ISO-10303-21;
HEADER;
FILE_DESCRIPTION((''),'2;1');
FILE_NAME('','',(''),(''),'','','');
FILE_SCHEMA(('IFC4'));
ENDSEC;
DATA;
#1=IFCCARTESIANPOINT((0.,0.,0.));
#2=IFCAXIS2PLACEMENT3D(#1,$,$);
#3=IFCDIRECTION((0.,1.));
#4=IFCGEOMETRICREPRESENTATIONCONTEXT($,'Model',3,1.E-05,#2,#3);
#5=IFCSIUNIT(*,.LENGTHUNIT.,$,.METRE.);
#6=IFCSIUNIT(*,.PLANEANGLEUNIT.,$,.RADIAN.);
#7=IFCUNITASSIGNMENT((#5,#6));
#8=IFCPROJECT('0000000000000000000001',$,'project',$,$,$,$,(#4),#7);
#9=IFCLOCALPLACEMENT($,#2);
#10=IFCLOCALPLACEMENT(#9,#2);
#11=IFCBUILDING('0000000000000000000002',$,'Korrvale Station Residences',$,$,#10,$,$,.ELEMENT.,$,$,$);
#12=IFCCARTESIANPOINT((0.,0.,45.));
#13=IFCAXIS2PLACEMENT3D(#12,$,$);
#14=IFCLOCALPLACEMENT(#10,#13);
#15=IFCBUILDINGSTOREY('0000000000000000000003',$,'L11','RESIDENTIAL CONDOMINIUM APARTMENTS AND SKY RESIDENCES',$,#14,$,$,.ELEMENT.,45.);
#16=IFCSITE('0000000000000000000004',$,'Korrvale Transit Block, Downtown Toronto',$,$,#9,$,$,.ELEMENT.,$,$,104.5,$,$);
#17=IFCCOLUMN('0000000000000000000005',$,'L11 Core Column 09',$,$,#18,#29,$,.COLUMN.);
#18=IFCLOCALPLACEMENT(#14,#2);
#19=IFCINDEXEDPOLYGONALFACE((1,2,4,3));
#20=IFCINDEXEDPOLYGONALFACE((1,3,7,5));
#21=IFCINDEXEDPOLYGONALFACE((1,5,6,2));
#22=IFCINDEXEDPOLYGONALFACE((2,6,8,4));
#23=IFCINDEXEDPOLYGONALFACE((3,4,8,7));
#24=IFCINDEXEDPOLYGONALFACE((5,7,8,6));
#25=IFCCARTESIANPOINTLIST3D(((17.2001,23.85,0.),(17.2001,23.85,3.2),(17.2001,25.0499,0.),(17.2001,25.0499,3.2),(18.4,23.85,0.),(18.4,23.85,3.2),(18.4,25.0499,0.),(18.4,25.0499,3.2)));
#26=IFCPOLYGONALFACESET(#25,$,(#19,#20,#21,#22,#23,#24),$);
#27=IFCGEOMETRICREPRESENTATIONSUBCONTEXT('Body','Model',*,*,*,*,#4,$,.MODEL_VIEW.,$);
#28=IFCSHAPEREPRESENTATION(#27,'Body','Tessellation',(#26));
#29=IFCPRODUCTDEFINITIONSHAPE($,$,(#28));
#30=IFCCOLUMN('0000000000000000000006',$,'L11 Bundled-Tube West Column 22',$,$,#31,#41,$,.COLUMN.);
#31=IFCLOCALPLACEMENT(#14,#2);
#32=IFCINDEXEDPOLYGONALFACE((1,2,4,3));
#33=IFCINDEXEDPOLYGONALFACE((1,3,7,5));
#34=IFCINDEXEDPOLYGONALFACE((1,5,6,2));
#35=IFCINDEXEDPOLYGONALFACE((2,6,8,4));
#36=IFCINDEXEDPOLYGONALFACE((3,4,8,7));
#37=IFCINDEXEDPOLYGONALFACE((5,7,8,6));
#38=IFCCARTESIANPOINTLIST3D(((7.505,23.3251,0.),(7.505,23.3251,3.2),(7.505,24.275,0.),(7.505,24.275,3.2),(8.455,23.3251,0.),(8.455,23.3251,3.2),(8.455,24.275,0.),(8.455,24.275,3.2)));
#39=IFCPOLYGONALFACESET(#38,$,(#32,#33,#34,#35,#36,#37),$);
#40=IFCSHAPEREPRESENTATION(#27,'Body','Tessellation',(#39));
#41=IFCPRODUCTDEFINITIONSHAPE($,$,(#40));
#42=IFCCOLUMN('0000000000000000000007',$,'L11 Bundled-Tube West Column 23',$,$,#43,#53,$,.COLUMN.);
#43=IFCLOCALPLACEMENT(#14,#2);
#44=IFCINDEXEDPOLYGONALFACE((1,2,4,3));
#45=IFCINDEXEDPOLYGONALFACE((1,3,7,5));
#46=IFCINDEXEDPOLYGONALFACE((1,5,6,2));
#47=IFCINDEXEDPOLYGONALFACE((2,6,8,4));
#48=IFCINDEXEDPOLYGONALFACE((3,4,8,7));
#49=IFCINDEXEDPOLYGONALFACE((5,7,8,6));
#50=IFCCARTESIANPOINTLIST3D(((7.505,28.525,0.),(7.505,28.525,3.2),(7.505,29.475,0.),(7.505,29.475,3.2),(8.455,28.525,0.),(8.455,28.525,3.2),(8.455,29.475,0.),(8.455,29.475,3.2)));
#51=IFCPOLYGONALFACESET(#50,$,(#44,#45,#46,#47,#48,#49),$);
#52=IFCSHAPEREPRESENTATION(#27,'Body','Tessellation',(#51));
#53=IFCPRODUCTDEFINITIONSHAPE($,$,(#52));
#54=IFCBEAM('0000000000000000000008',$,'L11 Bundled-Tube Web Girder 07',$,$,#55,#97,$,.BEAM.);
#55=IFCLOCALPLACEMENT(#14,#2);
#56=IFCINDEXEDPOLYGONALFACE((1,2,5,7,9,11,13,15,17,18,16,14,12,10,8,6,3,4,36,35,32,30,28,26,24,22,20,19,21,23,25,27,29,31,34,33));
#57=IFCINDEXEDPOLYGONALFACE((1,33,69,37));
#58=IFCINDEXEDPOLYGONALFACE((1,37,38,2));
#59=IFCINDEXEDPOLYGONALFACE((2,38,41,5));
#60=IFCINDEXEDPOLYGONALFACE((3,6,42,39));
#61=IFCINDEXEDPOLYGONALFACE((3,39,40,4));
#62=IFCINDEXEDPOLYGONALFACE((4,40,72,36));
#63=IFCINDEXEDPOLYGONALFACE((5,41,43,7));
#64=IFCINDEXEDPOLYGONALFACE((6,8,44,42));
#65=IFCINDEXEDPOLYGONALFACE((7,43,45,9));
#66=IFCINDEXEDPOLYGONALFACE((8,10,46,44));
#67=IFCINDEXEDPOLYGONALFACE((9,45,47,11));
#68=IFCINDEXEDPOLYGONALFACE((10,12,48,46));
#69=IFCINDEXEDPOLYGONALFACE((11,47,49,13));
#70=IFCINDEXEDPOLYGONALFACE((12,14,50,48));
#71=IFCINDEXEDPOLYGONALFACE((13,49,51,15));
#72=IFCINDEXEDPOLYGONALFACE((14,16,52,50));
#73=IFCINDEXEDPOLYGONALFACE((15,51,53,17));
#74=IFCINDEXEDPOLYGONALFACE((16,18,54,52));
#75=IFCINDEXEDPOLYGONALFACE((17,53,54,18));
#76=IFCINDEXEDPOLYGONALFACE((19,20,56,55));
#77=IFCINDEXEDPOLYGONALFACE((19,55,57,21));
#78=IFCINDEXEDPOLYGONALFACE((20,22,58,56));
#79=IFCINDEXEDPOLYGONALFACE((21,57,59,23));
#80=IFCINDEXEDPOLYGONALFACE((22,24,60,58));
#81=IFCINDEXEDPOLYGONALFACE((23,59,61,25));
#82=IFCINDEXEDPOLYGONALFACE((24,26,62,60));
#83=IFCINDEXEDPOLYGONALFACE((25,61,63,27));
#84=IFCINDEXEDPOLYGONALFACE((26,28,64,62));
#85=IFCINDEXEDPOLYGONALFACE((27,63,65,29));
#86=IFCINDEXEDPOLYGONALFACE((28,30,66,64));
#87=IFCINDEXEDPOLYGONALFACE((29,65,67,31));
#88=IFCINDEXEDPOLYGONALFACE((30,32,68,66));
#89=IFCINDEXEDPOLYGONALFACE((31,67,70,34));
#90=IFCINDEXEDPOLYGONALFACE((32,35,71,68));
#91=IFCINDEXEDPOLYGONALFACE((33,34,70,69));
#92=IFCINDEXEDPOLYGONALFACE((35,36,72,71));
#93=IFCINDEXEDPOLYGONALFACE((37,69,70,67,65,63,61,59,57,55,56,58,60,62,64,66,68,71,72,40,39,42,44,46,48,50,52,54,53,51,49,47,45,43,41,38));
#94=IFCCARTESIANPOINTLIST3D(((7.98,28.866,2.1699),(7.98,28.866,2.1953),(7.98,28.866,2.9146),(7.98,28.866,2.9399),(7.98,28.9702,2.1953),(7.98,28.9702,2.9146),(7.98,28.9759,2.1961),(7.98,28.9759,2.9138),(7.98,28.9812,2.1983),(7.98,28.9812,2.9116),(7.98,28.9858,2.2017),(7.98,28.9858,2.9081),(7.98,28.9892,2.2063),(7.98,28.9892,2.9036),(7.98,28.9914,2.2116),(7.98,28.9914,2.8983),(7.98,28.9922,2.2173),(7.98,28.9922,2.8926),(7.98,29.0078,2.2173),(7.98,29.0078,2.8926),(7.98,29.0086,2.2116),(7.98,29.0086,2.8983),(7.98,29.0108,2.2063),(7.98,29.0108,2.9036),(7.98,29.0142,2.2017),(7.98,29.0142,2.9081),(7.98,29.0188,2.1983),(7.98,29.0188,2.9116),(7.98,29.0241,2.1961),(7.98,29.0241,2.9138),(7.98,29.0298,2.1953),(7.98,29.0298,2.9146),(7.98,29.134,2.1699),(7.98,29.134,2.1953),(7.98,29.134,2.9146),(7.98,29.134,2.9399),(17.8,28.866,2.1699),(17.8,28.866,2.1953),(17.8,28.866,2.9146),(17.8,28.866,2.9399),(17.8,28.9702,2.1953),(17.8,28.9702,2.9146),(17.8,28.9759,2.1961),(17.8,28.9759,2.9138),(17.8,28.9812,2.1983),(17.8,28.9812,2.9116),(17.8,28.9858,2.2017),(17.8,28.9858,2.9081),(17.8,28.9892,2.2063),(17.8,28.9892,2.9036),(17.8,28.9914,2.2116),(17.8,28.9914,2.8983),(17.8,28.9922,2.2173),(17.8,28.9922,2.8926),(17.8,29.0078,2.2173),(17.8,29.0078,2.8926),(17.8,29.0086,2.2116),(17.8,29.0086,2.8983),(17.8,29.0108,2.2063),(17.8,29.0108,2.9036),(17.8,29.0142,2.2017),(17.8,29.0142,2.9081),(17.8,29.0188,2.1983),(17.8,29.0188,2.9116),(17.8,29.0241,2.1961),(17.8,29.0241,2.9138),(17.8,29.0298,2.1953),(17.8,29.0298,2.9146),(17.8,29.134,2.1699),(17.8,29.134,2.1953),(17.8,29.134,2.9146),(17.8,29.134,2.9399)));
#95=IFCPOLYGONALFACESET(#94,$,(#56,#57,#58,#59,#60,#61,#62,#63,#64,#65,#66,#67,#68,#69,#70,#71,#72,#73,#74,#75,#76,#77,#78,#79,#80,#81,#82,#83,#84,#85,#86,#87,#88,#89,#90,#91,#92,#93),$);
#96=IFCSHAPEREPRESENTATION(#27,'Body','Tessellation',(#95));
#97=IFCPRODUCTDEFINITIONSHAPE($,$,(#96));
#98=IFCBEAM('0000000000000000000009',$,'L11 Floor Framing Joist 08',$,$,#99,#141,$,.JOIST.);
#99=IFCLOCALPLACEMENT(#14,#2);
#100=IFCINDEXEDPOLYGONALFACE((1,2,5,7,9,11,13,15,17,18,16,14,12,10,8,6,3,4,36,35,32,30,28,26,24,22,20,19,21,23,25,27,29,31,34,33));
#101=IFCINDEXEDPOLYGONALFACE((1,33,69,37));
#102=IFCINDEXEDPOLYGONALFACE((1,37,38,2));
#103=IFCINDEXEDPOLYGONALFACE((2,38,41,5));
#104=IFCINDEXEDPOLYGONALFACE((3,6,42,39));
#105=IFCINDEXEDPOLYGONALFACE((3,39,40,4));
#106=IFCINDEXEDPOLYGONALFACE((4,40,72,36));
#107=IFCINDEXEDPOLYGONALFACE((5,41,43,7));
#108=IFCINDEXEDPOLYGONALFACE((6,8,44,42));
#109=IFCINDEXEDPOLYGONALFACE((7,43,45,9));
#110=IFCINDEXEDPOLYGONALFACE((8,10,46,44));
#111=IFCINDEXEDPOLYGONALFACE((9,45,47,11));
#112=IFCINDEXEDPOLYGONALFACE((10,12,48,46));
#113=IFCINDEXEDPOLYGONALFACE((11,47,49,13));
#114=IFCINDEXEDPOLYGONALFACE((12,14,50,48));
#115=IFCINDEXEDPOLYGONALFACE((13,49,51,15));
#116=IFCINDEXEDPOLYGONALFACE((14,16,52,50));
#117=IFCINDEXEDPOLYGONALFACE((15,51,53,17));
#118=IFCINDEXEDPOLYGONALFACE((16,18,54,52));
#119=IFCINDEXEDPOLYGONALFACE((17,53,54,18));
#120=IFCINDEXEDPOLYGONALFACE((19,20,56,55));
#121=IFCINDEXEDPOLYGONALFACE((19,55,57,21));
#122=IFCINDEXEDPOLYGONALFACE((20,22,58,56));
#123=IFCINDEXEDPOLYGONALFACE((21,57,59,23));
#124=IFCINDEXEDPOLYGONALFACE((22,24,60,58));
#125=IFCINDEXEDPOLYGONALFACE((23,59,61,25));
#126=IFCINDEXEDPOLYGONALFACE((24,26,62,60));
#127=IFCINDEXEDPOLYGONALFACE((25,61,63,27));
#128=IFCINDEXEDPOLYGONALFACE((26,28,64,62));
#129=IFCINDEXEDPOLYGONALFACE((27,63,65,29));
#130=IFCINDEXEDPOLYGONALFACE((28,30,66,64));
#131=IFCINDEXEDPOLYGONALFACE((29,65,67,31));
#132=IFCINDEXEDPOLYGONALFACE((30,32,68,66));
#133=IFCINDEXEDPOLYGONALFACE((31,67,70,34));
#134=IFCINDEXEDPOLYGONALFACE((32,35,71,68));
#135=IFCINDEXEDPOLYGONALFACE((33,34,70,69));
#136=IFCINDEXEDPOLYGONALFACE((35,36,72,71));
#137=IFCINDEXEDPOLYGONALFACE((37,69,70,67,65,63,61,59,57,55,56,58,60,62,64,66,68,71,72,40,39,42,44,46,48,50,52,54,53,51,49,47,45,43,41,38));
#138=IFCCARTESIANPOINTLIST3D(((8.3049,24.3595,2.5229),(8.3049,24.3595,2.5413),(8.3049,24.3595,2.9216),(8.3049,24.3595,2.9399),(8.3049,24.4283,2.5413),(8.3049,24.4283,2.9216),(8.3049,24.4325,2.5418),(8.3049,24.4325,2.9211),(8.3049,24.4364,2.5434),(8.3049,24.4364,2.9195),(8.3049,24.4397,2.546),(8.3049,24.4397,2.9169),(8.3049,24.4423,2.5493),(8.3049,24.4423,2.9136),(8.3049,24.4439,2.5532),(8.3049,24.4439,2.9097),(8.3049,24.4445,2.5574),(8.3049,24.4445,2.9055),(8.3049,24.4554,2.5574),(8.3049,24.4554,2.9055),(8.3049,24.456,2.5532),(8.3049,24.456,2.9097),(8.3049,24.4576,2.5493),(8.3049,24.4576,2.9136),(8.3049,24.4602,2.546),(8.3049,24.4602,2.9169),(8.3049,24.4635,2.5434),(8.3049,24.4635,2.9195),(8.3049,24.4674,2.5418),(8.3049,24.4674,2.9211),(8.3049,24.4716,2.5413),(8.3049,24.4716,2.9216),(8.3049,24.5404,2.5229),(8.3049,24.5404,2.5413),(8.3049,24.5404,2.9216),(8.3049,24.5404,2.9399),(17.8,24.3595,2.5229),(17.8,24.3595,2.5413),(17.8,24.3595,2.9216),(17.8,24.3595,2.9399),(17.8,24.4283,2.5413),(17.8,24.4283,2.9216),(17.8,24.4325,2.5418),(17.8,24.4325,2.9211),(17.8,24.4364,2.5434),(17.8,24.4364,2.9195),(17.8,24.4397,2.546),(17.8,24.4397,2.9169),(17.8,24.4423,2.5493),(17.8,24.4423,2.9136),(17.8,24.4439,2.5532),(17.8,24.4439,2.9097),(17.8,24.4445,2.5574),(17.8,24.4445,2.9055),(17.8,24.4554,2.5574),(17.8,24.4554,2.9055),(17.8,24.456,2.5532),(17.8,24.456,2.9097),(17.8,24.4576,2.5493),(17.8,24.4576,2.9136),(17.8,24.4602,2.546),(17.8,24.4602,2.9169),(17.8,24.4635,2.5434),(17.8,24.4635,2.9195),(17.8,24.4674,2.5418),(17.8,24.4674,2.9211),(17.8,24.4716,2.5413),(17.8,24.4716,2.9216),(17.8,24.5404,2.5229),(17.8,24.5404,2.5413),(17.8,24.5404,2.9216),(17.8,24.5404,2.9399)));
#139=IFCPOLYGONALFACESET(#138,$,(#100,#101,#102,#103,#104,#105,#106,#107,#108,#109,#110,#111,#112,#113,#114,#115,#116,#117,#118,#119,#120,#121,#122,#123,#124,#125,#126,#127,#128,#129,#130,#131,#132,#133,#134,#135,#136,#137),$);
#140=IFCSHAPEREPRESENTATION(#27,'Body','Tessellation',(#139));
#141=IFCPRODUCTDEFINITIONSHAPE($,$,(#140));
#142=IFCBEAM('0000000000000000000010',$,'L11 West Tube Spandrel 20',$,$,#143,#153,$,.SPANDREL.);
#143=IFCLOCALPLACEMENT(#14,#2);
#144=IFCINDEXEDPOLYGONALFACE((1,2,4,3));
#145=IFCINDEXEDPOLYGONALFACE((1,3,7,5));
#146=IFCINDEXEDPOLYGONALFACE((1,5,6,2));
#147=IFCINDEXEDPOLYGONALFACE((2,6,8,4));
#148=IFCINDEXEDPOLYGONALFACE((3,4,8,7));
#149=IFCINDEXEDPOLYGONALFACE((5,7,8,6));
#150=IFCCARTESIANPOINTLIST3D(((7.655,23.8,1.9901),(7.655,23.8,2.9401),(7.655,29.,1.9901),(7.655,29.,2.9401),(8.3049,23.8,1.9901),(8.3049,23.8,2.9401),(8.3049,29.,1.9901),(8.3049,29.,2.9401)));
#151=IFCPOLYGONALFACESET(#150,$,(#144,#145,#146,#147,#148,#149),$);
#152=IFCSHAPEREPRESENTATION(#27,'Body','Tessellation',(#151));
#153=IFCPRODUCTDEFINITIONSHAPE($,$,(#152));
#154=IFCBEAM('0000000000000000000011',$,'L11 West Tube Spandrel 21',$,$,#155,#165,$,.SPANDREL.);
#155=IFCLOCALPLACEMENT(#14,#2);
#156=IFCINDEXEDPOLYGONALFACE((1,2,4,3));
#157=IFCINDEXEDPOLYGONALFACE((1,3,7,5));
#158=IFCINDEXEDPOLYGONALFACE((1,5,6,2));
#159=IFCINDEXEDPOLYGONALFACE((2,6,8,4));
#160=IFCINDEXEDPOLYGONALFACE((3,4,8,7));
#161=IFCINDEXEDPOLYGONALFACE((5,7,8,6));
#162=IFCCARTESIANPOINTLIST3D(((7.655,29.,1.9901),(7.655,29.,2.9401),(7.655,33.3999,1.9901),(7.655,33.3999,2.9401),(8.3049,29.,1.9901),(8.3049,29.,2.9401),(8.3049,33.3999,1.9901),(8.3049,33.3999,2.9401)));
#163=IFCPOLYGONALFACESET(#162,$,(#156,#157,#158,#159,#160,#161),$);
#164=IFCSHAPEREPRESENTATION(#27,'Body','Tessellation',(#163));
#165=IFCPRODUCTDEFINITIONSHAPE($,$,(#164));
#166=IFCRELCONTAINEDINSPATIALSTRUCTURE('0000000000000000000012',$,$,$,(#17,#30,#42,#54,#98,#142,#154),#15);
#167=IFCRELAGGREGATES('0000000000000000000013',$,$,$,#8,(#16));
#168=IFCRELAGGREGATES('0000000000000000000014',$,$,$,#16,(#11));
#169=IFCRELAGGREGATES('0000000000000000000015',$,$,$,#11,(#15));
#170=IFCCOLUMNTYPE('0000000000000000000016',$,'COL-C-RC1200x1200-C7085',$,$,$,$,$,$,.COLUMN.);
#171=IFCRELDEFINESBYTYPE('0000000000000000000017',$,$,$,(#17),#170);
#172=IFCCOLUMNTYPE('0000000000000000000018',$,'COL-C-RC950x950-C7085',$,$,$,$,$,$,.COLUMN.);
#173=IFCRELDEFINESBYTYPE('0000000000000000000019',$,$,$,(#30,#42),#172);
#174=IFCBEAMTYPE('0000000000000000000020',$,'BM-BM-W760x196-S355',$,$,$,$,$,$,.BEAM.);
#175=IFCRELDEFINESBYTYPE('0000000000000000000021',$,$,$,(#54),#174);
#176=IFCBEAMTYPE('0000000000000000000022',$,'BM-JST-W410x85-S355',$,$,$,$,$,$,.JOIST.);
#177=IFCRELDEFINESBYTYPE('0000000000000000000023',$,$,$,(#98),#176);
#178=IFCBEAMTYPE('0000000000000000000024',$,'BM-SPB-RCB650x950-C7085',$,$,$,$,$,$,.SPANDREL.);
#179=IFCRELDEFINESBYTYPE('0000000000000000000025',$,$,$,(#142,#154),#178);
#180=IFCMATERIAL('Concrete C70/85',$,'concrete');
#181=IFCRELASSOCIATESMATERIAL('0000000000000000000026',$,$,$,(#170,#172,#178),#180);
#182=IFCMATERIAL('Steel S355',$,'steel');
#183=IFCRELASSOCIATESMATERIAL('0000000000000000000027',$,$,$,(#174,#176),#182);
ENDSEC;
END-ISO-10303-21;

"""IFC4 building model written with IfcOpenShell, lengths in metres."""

from ifc_helpers import new_model, si_unit, direction, frame, origin, origin_2d, place, context, subcontext, project, spatial, rectangle, i_section, extrude, material, material_profile, profile_set, type_object, element, save


model = new_model("IFC4")

# Units and contexts
model_context = context("Model", 3, precision=1e-05, world=origin(), true_north=direction((0.0, 1.0)))
body_context = subcontext(model_context, "Body", "Model", "MODEL_VIEW")
ifc_project = project(units=[si_unit("LENGTHUNIT", "METRE"), si_unit("PLANEANGLEUNIT", "RADIAN")], contexts=[model_context])

# Site, building, storey
site_placement = place(None, origin())
site = spatial("IfcSite", under=ifc_project, at=site_placement, Name="Korrvale Transit Block, Downtown Toronto", CompositionType="ELEMENT", RefElevation=104.5)
building_placement = place(site_placement, origin())
building = spatial("IfcBuilding", under=site, at=building_placement, Name="Korrvale Station Residences", CompositionType="ELEMENT")
storey_placement = place(building_placement, frame((0.0, 0.0, 45.0)))
storey = spatial("IfcBuildingStorey", under=building, at=storey_placement, Name="L11", Description="RESIDENTIAL CONDOMINIUM APARTMENTS AND SKY RESIDENCES", CompositionType="ELEMENT", Elevation=45.0)

# Columns
ifc_material_1 = material(Name="Concrete C70/85", Category="concrete")
ifc_material_profile_1 = material_profile(ifc_material_1, rectangle(XDim=1.2, YDim=1.2, at=origin_2d()), Name="RC1200x1200")
ifc_profile_set_1 = profile_set([ifc_material_profile_1], Name="Concrete C70/85")
column_type_1 = type_object("IfcColumnType", Name="COL-C-RC1200x1200-C7085", PredefinedType="COLUMN", material=ifc_profile_set_1)
column_placement = place(storey_placement, frame((17.8, 24.45, 0.0), z_axis=(0.0, 0.0, 1.0), x_axis=(1.0, 0.0, 0.0)))
element("IfcColumn", 1, at=column_placement, inside=storey, type_object=column_type_1, Name="L11 Core Column 09", PredefinedType="COLUMN", context=body_context, shape_type="SweptSolid", body=[
    extrude(rectangle(XDim=1.2, YDim=1.2, at=origin_2d()), origin(), (0.0, 0.0, 1.0), 3.2),
])
ifc_material_profile_2 = material_profile(ifc_material_1, rectangle(XDim=0.95, YDim=0.95, at=origin_2d()), Name="RC950x950")
ifc_profile_set_2 = profile_set([ifc_material_profile_2], Name="Concrete C70/85")
column_type_2 = type_object("IfcColumnType", Name="COL-C-RC950x950-C7085", PredefinedType="COLUMN", material=ifc_profile_set_2)
for number, where, z_axis, x_axis, name in (
    (2, (7.98, 23.8, 0.0), (0.0, 0.0, 1.0), (1.0, 0.0, 0.0), "L11 Bundled-Tube West Column 22"),
    (3, (7.98, 29.0, 0.0), (0.0, 0.0, 1.0), (1.0, 0.0, 0.0), "L11 Bundled-Tube West Column 23"),
):
    element("IfcColumn", number, at=place(storey_placement, frame(where, z_axis=z_axis, x_axis=x_axis)), inside=storey, type_object=column_type_2, Name=name, PredefinedType="COLUMN", context=body_context, shape_type="SweptSolid", body=[
        extrude(rectangle(XDim=0.95, YDim=0.95, at=origin_2d()), origin(), (0.0, 0.0, 1.0), 3.2),
    ])

# Beams
ifc_material_2 = material(Name="Steel S355", Category="steel")
ifc_material_profile_3 = material_profile(ifc_material_2, i_section(OverallWidth=0.2681, OverallDepth=0.77, WebThickness=0.0156, FlangeThickness=0.0254, FilletRadius=0.022, at=origin_2d()), Name="W760x196")
ifc_profile_set_3 = profile_set([ifc_material_profile_3], Name="Steel S355")
beam_type_1 = type_object("IfcBeamType", Name="BM-BM-W760x196-S355", PredefinedType="BEAM", material=ifc_profile_set_3)
beam_1_placement = place(storey_placement, frame((7.98, 29.0, 2.5549), z_axis=(1.0, 0.0, 0.0), x_axis=(0.0, 1.0, 0.0)))
element("IfcBeam", 4, at=beam_1_placement, inside=storey, type_object=beam_type_1, Name="L11 Bundled-Tube Web Girder 07", PredefinedType="BEAM", context=body_context, shape_type="SweptSolid", body=[
    extrude(i_section(OverallWidth=0.2681, OverallDepth=0.77, WebThickness=0.0156, FlangeThickness=0.0254, FilletRadius=0.022, at=origin_2d()), origin(), (0.0, 0.0, 1.0), 9.8201),
])
ifc_material_profile_4 = material_profile(ifc_material_2, i_section(OverallWidth=0.1809, OverallDepth=0.417, WebThickness=0.011, FlangeThickness=0.0183, FilletRadius=0.0161, at=origin_2d()), Name="W410x85")
ifc_profile_set_4 = profile_set([ifc_material_profile_4], Name="Steel S355")
beam_type_2 = type_object("IfcBeamType", Name="BM-JST-W410x85-S355", PredefinedType="JOIST", material=ifc_profile_set_4)
beam_2_placement = place(storey_placement, frame((8.3049, 24.45, 2.7314), z_axis=(1.0, 0.0, 0.0), x_axis=(0.0, 1.0, 0.0)))
element("IfcBeam", 5, at=beam_2_placement, inside=storey, type_object=beam_type_2, Name="L11 Floor Framing Joist 08", PredefinedType="JOIST", context=body_context, shape_type="SweptSolid", body=[
    extrude(i_section(OverallWidth=0.1809, OverallDepth=0.417, WebThickness=0.011, FlangeThickness=0.0183, FilletRadius=0.0161, at=origin_2d()), origin(), (0.0, 0.0, 1.0), 9.4951),
])
ifc_material_profile_5 = material_profile(ifc_material_1, rectangle(XDim=0.6499, YDim=0.95, at=origin_2d()), Name="RCB650x950")
ifc_profile_set_5 = profile_set([ifc_material_profile_5], Name="Concrete C70/85")
beam_type_3 = type_object("IfcBeamType", Name="BM-SPB-RCB650x950-C7085", PredefinedType="SPANDREL", material=ifc_profile_set_5)
beam_3_placement = place(storey_placement, frame((7.98, 23.8, 2.4651), z_axis=(0.0, 1.0, 0.0), x_axis=(-1.0, 0.0, 0.0)))
element("IfcBeam", 6, at=beam_3_placement, inside=storey, type_object=beam_type_3, Name="L11 West Tube Spandrel 20", PredefinedType="SPANDREL", context=body_context, shape_type="SweptSolid", body=[
    extrude(rectangle(XDim=0.6499, YDim=0.95, at=origin_2d()), origin(), (0.0, 0.0, 1.0), 5.2),
])
beam_4_placement = place(storey_placement, frame((7.98, 29.0, 2.4651), z_axis=(0.0, 1.0, 0.0), x_axis=(-1.0, 0.0, 0.0)))
element("IfcBeam", 7, at=beam_4_placement, inside=storey, type_object=beam_type_3, Name="L11 West Tube Spandrel 21", PredefinedType="SPANDREL", context=body_context, shape_type="SweptSolid", body=[
    extrude(rectangle(XDim=0.6499, YDim=0.95, at=origin_2d()), origin(), (0.0, 0.0, 1.0), 4.3999),
])

save(model, "model.ifc")
